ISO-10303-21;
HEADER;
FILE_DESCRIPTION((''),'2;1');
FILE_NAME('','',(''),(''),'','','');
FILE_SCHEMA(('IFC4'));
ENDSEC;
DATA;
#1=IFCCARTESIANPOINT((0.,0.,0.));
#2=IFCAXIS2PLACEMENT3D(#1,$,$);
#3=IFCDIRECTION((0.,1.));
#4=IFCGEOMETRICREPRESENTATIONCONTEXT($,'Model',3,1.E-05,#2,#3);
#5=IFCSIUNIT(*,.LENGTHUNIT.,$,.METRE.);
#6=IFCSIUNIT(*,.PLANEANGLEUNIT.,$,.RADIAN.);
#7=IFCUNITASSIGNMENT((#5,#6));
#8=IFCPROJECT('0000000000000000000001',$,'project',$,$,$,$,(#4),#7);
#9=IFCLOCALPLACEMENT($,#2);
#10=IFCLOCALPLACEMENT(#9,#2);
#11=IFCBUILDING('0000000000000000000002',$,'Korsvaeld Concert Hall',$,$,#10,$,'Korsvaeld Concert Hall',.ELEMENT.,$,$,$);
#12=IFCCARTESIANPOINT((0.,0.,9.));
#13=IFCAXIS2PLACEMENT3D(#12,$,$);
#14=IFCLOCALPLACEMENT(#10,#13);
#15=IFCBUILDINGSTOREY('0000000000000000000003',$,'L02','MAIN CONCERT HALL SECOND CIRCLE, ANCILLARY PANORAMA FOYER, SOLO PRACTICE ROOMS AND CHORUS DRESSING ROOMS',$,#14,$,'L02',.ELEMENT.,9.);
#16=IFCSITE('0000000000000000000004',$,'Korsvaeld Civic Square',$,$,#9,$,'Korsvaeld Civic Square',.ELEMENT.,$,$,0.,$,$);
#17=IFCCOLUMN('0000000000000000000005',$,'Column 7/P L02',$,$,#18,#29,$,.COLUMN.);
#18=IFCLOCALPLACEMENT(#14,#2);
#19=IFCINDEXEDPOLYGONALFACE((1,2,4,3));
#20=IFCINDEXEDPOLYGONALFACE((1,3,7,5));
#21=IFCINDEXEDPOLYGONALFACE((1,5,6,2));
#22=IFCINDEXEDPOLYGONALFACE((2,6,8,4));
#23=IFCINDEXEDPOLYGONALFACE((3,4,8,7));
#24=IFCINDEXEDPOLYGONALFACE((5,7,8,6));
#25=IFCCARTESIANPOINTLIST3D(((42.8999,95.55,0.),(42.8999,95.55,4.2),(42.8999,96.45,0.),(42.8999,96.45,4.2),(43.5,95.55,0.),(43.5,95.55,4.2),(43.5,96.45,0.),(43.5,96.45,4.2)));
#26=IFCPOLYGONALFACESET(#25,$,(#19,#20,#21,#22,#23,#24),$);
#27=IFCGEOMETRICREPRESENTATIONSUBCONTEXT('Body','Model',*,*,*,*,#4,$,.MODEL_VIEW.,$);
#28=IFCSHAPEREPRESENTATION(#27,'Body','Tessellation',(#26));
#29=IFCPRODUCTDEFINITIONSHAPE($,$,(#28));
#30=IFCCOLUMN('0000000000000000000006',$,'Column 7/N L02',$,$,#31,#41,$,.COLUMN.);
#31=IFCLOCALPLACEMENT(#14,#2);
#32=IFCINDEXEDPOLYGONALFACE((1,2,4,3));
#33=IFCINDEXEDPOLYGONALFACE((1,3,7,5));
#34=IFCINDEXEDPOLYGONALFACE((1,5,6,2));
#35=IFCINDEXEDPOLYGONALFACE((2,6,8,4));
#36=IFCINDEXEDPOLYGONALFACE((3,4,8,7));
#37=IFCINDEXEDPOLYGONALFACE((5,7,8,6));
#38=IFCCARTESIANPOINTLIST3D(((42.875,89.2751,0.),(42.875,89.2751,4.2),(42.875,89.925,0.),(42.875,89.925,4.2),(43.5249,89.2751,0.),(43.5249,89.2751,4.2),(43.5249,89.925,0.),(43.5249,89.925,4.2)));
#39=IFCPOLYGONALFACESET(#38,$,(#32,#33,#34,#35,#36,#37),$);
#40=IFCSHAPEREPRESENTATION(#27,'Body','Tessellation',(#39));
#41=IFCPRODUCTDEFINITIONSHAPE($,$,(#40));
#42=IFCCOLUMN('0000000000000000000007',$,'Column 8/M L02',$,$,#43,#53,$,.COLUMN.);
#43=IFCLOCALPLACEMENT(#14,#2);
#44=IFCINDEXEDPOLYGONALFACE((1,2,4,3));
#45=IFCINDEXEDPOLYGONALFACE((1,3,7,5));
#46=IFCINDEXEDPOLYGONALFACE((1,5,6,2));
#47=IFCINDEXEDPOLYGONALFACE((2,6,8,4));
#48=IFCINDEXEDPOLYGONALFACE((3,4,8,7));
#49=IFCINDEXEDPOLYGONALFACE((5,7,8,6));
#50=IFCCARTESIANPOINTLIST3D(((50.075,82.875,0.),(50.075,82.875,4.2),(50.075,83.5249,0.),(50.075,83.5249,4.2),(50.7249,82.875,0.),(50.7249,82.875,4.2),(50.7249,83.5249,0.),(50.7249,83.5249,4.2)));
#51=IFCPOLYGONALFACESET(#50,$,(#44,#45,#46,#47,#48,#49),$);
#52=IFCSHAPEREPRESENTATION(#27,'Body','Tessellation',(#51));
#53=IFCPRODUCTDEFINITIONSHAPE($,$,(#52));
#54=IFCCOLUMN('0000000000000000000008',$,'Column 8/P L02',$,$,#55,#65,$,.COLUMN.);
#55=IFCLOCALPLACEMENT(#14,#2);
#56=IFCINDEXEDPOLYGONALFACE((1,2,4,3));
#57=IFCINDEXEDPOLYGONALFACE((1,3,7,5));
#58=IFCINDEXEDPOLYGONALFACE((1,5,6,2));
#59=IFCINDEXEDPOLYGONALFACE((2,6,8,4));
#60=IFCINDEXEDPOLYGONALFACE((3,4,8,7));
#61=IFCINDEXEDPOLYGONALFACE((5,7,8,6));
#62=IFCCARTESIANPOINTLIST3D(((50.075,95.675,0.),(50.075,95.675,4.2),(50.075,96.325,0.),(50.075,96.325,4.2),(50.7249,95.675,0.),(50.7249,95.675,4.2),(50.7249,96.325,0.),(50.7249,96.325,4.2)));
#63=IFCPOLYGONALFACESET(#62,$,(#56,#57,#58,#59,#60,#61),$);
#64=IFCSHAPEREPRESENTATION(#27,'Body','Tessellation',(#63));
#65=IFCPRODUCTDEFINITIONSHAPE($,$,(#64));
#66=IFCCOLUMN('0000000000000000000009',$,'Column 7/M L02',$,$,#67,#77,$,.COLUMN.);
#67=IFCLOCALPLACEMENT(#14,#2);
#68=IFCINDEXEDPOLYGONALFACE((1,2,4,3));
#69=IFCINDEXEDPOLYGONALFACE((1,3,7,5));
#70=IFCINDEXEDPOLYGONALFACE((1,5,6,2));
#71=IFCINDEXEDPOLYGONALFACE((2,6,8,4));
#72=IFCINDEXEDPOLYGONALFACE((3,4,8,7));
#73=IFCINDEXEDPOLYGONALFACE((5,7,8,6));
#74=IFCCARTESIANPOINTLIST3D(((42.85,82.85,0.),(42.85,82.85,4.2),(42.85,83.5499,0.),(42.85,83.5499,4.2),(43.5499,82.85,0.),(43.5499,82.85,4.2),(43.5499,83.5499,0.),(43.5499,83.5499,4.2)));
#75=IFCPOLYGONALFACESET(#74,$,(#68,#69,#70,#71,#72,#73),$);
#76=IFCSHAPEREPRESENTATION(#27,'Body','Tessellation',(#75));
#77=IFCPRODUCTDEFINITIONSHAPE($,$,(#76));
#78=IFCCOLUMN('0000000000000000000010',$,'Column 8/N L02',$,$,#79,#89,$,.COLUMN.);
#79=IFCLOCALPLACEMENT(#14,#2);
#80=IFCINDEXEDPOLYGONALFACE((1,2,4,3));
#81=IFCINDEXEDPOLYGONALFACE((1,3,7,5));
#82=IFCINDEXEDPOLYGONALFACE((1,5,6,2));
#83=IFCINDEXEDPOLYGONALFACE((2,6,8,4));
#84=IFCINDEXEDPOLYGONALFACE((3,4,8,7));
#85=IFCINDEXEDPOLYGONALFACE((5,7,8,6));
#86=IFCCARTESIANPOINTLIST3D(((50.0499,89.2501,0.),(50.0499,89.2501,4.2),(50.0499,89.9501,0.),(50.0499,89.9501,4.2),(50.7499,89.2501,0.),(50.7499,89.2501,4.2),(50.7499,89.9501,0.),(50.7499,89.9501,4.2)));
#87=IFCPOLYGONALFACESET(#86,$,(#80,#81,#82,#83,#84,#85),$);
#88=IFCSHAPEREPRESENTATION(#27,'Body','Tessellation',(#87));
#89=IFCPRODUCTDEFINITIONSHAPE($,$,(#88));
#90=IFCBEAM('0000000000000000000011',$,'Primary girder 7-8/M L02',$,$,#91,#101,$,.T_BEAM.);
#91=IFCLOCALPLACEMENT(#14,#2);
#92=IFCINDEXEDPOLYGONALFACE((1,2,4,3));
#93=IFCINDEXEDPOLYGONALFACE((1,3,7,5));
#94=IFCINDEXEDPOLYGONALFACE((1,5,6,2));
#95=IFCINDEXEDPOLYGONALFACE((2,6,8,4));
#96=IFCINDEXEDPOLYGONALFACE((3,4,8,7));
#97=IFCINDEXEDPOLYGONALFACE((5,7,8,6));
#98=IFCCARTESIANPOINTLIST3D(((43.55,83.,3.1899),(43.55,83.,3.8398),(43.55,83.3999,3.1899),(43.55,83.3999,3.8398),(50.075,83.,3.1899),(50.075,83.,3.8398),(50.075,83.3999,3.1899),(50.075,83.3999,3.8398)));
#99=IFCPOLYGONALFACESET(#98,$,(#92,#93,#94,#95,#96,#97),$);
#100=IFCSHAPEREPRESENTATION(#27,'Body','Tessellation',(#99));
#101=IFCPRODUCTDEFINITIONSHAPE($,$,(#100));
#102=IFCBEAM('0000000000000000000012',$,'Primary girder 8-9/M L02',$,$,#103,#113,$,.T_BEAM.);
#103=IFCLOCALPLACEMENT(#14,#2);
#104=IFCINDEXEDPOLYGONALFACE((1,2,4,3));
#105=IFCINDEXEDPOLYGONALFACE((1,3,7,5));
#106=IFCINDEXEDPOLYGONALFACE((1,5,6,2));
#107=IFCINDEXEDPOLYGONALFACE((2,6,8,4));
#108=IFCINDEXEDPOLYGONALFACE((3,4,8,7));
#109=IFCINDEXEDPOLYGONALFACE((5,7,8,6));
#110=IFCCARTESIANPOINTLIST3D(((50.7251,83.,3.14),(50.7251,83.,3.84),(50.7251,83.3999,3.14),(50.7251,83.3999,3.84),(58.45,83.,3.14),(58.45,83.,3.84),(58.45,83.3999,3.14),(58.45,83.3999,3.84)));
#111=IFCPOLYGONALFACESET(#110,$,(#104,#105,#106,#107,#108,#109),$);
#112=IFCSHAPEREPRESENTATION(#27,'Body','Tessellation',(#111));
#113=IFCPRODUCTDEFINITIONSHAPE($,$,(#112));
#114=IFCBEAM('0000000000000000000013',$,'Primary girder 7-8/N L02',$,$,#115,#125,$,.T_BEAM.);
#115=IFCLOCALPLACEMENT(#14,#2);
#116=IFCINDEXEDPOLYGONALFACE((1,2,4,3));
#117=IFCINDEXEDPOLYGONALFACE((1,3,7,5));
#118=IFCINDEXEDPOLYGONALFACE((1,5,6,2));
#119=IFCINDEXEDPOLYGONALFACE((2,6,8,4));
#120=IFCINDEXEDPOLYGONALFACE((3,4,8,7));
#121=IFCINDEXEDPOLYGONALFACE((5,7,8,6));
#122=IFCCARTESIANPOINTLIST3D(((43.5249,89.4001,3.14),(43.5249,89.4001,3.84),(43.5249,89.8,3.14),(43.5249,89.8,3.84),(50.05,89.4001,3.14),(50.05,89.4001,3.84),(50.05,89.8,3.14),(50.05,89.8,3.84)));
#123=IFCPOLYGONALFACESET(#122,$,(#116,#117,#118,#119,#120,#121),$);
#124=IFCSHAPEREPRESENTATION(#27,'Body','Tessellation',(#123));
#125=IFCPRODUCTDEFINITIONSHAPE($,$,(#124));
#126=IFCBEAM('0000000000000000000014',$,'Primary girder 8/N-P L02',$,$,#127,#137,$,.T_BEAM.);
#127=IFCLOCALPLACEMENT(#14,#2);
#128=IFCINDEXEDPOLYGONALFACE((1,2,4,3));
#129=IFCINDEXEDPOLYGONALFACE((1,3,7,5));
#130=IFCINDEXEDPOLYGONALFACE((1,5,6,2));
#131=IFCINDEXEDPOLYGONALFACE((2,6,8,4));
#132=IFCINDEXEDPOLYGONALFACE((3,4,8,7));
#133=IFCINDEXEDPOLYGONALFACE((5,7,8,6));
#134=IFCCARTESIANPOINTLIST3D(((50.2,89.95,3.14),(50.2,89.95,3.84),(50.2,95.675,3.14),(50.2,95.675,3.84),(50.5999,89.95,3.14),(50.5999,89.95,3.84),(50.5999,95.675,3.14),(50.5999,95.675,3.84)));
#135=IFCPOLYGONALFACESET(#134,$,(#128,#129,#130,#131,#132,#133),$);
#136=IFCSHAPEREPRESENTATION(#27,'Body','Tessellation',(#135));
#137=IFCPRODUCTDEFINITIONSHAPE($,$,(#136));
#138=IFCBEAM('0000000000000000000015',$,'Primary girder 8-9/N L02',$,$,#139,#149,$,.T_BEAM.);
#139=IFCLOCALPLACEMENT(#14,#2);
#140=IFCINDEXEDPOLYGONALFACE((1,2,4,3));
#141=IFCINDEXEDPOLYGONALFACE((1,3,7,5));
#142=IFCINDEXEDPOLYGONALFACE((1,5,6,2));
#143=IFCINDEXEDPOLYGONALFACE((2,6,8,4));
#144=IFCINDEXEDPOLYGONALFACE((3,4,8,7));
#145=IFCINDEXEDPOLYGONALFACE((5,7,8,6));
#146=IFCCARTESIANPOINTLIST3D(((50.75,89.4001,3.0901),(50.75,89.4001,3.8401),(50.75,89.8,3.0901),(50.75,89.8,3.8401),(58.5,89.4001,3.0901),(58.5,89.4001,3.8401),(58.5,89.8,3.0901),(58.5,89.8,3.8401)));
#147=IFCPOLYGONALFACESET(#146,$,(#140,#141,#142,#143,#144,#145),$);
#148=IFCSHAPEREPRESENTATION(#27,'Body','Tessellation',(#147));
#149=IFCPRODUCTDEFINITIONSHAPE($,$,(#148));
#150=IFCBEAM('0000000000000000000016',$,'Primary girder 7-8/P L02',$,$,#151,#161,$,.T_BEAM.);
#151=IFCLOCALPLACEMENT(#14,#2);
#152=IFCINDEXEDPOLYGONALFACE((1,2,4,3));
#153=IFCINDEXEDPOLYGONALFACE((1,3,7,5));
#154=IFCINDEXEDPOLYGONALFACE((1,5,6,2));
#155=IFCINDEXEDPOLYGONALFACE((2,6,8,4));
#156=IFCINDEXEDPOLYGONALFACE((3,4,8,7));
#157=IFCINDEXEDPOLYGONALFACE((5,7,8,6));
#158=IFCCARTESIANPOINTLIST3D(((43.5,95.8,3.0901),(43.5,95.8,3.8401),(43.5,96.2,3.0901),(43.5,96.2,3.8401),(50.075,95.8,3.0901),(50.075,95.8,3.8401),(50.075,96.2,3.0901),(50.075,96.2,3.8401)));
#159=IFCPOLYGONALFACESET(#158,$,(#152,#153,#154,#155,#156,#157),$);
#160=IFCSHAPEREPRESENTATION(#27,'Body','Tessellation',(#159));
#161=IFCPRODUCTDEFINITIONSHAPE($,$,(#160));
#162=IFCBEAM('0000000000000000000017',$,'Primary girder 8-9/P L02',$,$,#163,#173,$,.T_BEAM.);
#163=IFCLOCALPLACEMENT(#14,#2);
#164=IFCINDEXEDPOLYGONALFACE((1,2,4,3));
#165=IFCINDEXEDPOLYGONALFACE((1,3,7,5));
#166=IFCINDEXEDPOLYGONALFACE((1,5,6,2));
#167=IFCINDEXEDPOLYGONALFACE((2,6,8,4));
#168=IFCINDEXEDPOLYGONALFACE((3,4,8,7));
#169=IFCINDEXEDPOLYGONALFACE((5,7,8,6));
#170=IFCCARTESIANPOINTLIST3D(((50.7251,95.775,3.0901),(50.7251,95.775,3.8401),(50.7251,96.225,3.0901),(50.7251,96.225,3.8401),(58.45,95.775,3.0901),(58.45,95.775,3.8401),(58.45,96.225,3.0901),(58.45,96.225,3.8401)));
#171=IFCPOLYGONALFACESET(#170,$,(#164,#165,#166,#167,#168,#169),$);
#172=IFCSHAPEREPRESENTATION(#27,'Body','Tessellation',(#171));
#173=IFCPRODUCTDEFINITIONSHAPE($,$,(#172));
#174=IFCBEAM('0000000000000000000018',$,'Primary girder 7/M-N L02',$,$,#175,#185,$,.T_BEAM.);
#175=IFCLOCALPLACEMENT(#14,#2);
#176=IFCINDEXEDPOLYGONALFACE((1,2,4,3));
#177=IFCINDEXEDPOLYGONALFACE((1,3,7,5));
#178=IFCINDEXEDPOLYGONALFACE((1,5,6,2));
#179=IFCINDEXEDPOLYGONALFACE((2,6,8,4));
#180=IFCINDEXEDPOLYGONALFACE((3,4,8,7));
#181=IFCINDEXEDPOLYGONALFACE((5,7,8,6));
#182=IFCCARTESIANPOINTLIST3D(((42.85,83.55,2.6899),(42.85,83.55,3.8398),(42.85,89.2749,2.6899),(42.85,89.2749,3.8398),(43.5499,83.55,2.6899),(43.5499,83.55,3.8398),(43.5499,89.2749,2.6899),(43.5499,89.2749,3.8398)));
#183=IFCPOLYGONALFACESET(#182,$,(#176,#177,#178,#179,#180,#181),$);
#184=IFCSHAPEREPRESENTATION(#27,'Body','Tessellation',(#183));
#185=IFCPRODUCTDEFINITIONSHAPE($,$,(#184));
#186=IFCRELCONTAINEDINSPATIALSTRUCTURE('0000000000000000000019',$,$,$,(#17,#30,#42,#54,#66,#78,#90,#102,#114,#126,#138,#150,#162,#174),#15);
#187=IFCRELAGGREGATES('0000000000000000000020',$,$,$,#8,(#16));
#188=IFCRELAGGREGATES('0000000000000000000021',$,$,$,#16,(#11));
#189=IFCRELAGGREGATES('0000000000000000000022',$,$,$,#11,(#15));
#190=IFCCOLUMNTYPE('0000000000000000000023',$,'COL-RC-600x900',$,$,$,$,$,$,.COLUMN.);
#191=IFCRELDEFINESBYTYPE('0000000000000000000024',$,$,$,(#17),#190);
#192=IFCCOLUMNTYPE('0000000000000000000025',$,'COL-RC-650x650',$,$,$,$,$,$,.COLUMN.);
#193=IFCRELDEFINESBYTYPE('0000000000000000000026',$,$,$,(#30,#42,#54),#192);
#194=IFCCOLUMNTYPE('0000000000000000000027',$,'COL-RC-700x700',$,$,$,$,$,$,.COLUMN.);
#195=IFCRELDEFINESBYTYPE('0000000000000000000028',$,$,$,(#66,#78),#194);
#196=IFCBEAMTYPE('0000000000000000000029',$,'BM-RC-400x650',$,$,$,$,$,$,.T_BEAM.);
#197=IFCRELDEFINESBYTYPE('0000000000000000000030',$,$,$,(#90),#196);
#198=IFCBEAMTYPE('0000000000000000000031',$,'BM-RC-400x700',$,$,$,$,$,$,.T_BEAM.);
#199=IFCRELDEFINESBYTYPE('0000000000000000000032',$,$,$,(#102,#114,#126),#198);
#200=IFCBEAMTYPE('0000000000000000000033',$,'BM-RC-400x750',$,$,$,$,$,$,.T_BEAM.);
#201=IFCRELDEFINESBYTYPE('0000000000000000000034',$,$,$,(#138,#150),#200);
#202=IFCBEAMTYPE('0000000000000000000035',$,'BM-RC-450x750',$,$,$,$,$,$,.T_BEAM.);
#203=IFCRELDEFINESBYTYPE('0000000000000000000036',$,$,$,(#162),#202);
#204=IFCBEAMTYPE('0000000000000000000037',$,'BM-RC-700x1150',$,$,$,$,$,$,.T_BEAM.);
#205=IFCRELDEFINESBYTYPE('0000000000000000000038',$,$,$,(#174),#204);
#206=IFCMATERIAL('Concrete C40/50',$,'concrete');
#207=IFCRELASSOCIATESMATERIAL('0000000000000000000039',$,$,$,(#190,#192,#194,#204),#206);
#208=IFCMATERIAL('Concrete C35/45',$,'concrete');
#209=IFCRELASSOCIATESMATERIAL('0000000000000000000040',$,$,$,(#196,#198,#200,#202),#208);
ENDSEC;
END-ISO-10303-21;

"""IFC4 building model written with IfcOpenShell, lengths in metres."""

from ifc_helpers import new_model, si_unit, direction, frame, origin, origin_2d, place, context, subcontext, project, spatial, rectangle, extrude, material, material_profile, profile_set, type_object, element, save


model = new_model("IFC4")

# Units and contexts
model_context = context("Model", 3, precision=1e-05, world=origin(), true_north=direction((0.0, 1.0)))
body_context = subcontext(model_context, "Body", "Model", "MODEL_VIEW")
ifc_project = project(units=[si_unit("LENGTHUNIT", "METRE"), si_unit("PLANEANGLEUNIT", "RADIAN")], contexts=[model_context])

# Site, building, storey
site_placement = place(None, origin())
site = spatial("IfcSite", under=ifc_project, at=site_placement, Name="Korsvaeld Civic Square", LongName="Korsvaeld Civic Square", CompositionType="ELEMENT", RefElevation=0.0)
building_placement = place(site_placement, origin())
building = spatial("IfcBuilding", under=site, at=building_placement, Name="Korsvaeld Concert Hall", LongName="Korsvaeld Concert Hall", CompositionType="ELEMENT")
storey_placement = place(building_placement, frame((0.0, 0.0, 9.0)))
storey = spatial("IfcBuildingStorey", under=building, at=storey_placement, Name="L02", Description="MAIN CONCERT HALL SECOND CIRCLE, ANCILLARY PANORAMA FOYER, SOLO PRACTICE ROOMS AND CHORUS DRESSING ROOMS", LongName="L02", CompositionType="ELEMENT", Elevation=9.0)

# Columns
ifc_material_1 = material(Name="Concrete C40/50", Category="concrete")
ifc_material_profile_1 = material_profile(ifc_material_1, rectangle(XDim=0.6001, YDim=0.8999, at=origin_2d()), Name="RC 600x900")
ifc_profile_set_1 = profile_set([ifc_material_profile_1], Name="Concrete C40/50")
column_type_1 = type_object("IfcColumnType", Name="COL-RC-600x900", PredefinedType="COLUMN", material=ifc_profile_set_1)
column_placement = place(storey_placement, frame((43.2, 96.0, 0.0), z_axis=(0.0, 0.0, 1.0), x_axis=(1.0, 0.0, 0.0)))
element("IfcColumn", 1, at=column_placement, inside=storey, type_object=column_type_1, Name="Column 7/P L02", PredefinedType="COLUMN", context=body_context, shape_type="SweptSolid", body=[
    extrude(rectangle(XDim=0.6001, YDim=0.8999, at=origin_2d()), origin(), (0.0, 0.0, 1.0), 4.2),
])
ifc_material_profile_2 = material_profile(ifc_material_1, rectangle(XDim=0.6499, YDim=0.6499, at=origin_2d()), Name="RC 650x650")
ifc_profile_set_2 = profile_set([ifc_material_profile_2], Name="Concrete C40/50")
column_type_2 = type_object("IfcColumnType", Name="COL-RC-650x650", PredefinedType="COLUMN", material=ifc_profile_set_2)
for number, where, z_axis, x_axis, name in (
    (2, (43.2, 89.6001, 0.0), (0.0, 0.0, 1.0), (1.0, 0.0, 0.0), "Column 7/N L02"),
    (3, (50.3999, 83.2, 0.0), (0.0, 0.0, 1.0), (1.0, 0.0, 0.0), "Column 8/M L02"),
    (4, (50.3999, 96.0, 0.0), (0.0, 0.0, 1.0), (1.0, 0.0, 0.0), "Column 8/P L02"),
):
    element("IfcColumn", number, at=place(storey_placement, frame(where, z_axis=z_axis, x_axis=x_axis)), inside=storey, type_object=column_type_2, Name=name, PredefinedType="COLUMN", context=body_context, shape_type="SweptSolid", body=[
        extrude(rectangle(XDim=0.6499, YDim=0.6499, at=origin_2d()), origin(), (0.0, 0.0, 1.0), 4.2),
    ])
ifc_material_profile_3 = material_profile(ifc_material_1, rectangle(XDim=0.7, YDim=0.7, at=origin_2d()), Name="RC 700x700")
ifc_profile_set_3 = profile_set([ifc_material_profile_3], Name="Concrete C40/50")
column_type_3 = type_object("IfcColumnType", Name="COL-RC-700x700", PredefinedType="COLUMN", material=ifc_profile_set_3)
for number, where, z_axis, x_axis, name in (
    (5, (43.2, 83.2, 0.0), (0.0, 0.0, 1.0), (1.0, 0.0, 0.0), "Column 7/M L02"),
    (6, (50.3999, 89.6001, 0.0), (0.0, 0.0, 1.0), (1.0, 0.0, 0.0), "Column 8/N L02"),
):
    element("IfcColumn", number, at=place(storey_placement, frame(where, z_axis=z_axis, x_axis=x_axis)), inside=storey, type_object=column_type_3, Name=name, PredefinedType="COLUMN", context=body_context, shape_type="SweptSolid", body=[
        extrude(rectangle(XDim=0.7, YDim=0.7, at=origin_2d()), origin(), (0.0, 0.0, 1.0), 4.2),
    ])

# Beams
ifc_material_2 = material(Name="Concrete C35/45", Category="concrete")
ifc_material_profile_4 = material_profile(ifc_material_2, rectangle(XDim=0.3999, YDim=0.6499, at=origin_2d()), Name="RC 400x650")
ifc_profile_set_4 = profile_set([ifc_material_profile_4], Name="Concrete C35/45")
beam_type_1 = type_object("IfcBeamType", Name="BM-RC-400x650", PredefinedType="T_BEAM", material=ifc_profile_set_4)
beam_1_placement = place(storey_placement, frame((43.55, 83.2, 3.5149), z_axis=(1.0, 0.0, 0.0), x_axis=(0.0, 1.0, 0.0)))
element("IfcBeam", 7, at=beam_1_placement, inside=storey, type_object=beam_type_1, Name="Primary girder 7-8/M L02", PredefinedType="T_BEAM", context=body_context, shape_type="SweptSolid", body=[
    extrude(rectangle(XDim=0.3999, YDim=0.6499, at=origin_2d()), origin(), (0.0, 0.0, 1.0), 6.5249),
])
ifc_material_profile_5 = material_profile(ifc_material_2, rectangle(XDim=0.3999, YDim=0.7, at=origin_2d()), Name="RC 400x700")
ifc_profile_set_5 = profile_set([ifc_material_profile_5], Name="Concrete C35/45")
beam_type_2 = type_object("IfcBeamType", Name="BM-RC-400x700", PredefinedType="T_BEAM", material=ifc_profile_set_5)
beam_2_placement = place(storey_placement, frame((50.7251, 83.2, 3.49), z_axis=(1.0, 0.0, 0.0), x_axis=(0.0, 1.0, 0.0)))
element("IfcBeam", 8, at=beam_2_placement, inside=storey, type_object=beam_type_2, Name="Primary girder 8-9/M L02", PredefinedType="T_BEAM", context=body_context, shape_type="SweptSolid", body=[
    extrude(rectangle(XDim=0.3999, YDim=0.7, at=origin_2d()), origin(), (0.0, 0.0, 1.0), 7.7249),
])
beam_3_placement = place(storey_placement, frame((43.5249, 89.6001, 3.49), z_axis=(1.0, 0.0, 0.0), x_axis=(0.0, 1.0, 0.0)))
element("IfcBeam", 9, at=beam_3_placement, inside=storey, type_object=beam_type_2, Name="Primary girder 7-8/N L02", PredefinedType="T_BEAM", context=body_context, shape_type="SweptSolid", body=[
    extrude(rectangle(XDim=0.3999, YDim=0.7, at=origin_2d()), origin(), (0.0, 0.0, 1.0), 6.5251),
])
beam_4_placement = place(storey_placement, frame((50.3999, 89.95, 3.49), z_axis=(0.0, 1.0, 0.0), x_axis=(-1.0, 0.0, 0.0)))
element("IfcBeam", 10, at=beam_4_placement, inside=storey, type_object=beam_type_2, Name="Primary girder 8/N-P L02", PredefinedType="T_BEAM", context=body_context, shape_type="SweptSolid", body=[
    extrude(rectangle(XDim=0.3999, YDim=0.7, at=origin_2d()), origin(), (0.0, 0.0, 1.0), 5.7251),
])
ifc_material_profile_6 = material_profile(ifc_material_2, rectangle(XDim=0.3999, YDim=0.75, at=origin_2d()), Name="RC 400x750")
ifc_profile_set_6 = profile_set([ifc_material_profile_6], Name="Concrete C35/45")
beam_type_3 = type_object("IfcBeamType", Name="BM-RC-400x750", PredefinedType="T_BEAM", material=ifc_profile_set_6)
beam_5_placement = place(storey_placement, frame((50.75, 89.6001, 3.4651), z_axis=(1.0, 0.0, 0.0), x_axis=(0.0, 1.0, 0.0)))
element("IfcBeam", 11, at=beam_5_placement, inside=storey, type_object=beam_type_3, Name="Primary girder 8-9/N L02", PredefinedType="T_BEAM", context=body_context, shape_type="SweptSolid", body=[
    extrude(rectangle(XDim=0.3999, YDim=0.75, at=origin_2d()), origin(), (0.0, 0.0, 1.0), 7.75),
])
beam_6_placement = place(storey_placement, frame((43.5, 96.0, 3.4651), z_axis=(1.0, 0.0, 0.0), x_axis=(0.0, 1.0, 0.0)))
element("IfcBeam", 12, at=beam_6_placement, inside=storey, type_object=beam_type_3, Name="Primary girder 7-8/P L02", PredefinedType="T_BEAM", context=body_context, shape_type="SweptSolid", body=[
    extrude(rectangle(XDim=0.3999, YDim=0.75, at=origin_2d()), origin(), (0.0, 0.0, 1.0), 6.575),
])
ifc_material_profile_7 = material_profile(ifc_material_2, rectangle(XDim=0.45, YDim=0.75, at=origin_2d()), Name="RC 450x750")
ifc_profile_set_7 = profile_set([ifc_material_profile_7], Name="Concrete C35/45")
beam_type_4 = type_object("IfcBeamType", Name="BM-RC-450x750", PredefinedType="T_BEAM", material=ifc_profile_set_7)
beam_7_placement = place(storey_placement, frame((50.7251, 96.0, 3.4651), z_axis=(1.0, 0.0, 0.0), x_axis=(0.0, 1.0, 0.0)))
element("IfcBeam", 13, at=beam_7_placement, inside=storey, type_object=beam_type_4, Name="Primary girder 8-9/P L02", PredefinedType="T_BEAM", context=body_context, shape_type="SweptSolid", body=[
    extrude(rectangle(XDim=0.45, YDim=0.75, at=origin_2d()), origin(), (0.0, 0.0, 1.0), 7.7249),
])
ifc_material_profile_8 = material_profile(ifc_material_1, rectangle(XDim=0.7, YDim=1.1499, at=origin_2d()), Name="RC 700x1150")
ifc_profile_set_8 = profile_set([ifc_material_profile_8], Name="Concrete C40/50")
beam_type_5 = type_object("IfcBeamType", Name="BM-RC-700x1150", PredefinedType="T_BEAM", material=ifc_profile_set_8)
beam_8_placement = place(storey_placement, frame((43.2, 83.55, 3.2649), z_axis=(0.0, 1.0, 0.0), x_axis=(-1.0, 0.0, 0.0)))
element("IfcBeam", 14, at=beam_8_placement, inside=storey, type_object=beam_type_5, Name="Primary girder 7/M-N L02", PredefinedType="T_BEAM", context=body_context, shape_type="SweptSolid", body=[
    extrude(rectangle(XDim=0.7, YDim=1.1499, at=origin_2d()), origin(), (0.0, 0.0, 1.0), 5.7249),
])

save(model, "model.ifc")
